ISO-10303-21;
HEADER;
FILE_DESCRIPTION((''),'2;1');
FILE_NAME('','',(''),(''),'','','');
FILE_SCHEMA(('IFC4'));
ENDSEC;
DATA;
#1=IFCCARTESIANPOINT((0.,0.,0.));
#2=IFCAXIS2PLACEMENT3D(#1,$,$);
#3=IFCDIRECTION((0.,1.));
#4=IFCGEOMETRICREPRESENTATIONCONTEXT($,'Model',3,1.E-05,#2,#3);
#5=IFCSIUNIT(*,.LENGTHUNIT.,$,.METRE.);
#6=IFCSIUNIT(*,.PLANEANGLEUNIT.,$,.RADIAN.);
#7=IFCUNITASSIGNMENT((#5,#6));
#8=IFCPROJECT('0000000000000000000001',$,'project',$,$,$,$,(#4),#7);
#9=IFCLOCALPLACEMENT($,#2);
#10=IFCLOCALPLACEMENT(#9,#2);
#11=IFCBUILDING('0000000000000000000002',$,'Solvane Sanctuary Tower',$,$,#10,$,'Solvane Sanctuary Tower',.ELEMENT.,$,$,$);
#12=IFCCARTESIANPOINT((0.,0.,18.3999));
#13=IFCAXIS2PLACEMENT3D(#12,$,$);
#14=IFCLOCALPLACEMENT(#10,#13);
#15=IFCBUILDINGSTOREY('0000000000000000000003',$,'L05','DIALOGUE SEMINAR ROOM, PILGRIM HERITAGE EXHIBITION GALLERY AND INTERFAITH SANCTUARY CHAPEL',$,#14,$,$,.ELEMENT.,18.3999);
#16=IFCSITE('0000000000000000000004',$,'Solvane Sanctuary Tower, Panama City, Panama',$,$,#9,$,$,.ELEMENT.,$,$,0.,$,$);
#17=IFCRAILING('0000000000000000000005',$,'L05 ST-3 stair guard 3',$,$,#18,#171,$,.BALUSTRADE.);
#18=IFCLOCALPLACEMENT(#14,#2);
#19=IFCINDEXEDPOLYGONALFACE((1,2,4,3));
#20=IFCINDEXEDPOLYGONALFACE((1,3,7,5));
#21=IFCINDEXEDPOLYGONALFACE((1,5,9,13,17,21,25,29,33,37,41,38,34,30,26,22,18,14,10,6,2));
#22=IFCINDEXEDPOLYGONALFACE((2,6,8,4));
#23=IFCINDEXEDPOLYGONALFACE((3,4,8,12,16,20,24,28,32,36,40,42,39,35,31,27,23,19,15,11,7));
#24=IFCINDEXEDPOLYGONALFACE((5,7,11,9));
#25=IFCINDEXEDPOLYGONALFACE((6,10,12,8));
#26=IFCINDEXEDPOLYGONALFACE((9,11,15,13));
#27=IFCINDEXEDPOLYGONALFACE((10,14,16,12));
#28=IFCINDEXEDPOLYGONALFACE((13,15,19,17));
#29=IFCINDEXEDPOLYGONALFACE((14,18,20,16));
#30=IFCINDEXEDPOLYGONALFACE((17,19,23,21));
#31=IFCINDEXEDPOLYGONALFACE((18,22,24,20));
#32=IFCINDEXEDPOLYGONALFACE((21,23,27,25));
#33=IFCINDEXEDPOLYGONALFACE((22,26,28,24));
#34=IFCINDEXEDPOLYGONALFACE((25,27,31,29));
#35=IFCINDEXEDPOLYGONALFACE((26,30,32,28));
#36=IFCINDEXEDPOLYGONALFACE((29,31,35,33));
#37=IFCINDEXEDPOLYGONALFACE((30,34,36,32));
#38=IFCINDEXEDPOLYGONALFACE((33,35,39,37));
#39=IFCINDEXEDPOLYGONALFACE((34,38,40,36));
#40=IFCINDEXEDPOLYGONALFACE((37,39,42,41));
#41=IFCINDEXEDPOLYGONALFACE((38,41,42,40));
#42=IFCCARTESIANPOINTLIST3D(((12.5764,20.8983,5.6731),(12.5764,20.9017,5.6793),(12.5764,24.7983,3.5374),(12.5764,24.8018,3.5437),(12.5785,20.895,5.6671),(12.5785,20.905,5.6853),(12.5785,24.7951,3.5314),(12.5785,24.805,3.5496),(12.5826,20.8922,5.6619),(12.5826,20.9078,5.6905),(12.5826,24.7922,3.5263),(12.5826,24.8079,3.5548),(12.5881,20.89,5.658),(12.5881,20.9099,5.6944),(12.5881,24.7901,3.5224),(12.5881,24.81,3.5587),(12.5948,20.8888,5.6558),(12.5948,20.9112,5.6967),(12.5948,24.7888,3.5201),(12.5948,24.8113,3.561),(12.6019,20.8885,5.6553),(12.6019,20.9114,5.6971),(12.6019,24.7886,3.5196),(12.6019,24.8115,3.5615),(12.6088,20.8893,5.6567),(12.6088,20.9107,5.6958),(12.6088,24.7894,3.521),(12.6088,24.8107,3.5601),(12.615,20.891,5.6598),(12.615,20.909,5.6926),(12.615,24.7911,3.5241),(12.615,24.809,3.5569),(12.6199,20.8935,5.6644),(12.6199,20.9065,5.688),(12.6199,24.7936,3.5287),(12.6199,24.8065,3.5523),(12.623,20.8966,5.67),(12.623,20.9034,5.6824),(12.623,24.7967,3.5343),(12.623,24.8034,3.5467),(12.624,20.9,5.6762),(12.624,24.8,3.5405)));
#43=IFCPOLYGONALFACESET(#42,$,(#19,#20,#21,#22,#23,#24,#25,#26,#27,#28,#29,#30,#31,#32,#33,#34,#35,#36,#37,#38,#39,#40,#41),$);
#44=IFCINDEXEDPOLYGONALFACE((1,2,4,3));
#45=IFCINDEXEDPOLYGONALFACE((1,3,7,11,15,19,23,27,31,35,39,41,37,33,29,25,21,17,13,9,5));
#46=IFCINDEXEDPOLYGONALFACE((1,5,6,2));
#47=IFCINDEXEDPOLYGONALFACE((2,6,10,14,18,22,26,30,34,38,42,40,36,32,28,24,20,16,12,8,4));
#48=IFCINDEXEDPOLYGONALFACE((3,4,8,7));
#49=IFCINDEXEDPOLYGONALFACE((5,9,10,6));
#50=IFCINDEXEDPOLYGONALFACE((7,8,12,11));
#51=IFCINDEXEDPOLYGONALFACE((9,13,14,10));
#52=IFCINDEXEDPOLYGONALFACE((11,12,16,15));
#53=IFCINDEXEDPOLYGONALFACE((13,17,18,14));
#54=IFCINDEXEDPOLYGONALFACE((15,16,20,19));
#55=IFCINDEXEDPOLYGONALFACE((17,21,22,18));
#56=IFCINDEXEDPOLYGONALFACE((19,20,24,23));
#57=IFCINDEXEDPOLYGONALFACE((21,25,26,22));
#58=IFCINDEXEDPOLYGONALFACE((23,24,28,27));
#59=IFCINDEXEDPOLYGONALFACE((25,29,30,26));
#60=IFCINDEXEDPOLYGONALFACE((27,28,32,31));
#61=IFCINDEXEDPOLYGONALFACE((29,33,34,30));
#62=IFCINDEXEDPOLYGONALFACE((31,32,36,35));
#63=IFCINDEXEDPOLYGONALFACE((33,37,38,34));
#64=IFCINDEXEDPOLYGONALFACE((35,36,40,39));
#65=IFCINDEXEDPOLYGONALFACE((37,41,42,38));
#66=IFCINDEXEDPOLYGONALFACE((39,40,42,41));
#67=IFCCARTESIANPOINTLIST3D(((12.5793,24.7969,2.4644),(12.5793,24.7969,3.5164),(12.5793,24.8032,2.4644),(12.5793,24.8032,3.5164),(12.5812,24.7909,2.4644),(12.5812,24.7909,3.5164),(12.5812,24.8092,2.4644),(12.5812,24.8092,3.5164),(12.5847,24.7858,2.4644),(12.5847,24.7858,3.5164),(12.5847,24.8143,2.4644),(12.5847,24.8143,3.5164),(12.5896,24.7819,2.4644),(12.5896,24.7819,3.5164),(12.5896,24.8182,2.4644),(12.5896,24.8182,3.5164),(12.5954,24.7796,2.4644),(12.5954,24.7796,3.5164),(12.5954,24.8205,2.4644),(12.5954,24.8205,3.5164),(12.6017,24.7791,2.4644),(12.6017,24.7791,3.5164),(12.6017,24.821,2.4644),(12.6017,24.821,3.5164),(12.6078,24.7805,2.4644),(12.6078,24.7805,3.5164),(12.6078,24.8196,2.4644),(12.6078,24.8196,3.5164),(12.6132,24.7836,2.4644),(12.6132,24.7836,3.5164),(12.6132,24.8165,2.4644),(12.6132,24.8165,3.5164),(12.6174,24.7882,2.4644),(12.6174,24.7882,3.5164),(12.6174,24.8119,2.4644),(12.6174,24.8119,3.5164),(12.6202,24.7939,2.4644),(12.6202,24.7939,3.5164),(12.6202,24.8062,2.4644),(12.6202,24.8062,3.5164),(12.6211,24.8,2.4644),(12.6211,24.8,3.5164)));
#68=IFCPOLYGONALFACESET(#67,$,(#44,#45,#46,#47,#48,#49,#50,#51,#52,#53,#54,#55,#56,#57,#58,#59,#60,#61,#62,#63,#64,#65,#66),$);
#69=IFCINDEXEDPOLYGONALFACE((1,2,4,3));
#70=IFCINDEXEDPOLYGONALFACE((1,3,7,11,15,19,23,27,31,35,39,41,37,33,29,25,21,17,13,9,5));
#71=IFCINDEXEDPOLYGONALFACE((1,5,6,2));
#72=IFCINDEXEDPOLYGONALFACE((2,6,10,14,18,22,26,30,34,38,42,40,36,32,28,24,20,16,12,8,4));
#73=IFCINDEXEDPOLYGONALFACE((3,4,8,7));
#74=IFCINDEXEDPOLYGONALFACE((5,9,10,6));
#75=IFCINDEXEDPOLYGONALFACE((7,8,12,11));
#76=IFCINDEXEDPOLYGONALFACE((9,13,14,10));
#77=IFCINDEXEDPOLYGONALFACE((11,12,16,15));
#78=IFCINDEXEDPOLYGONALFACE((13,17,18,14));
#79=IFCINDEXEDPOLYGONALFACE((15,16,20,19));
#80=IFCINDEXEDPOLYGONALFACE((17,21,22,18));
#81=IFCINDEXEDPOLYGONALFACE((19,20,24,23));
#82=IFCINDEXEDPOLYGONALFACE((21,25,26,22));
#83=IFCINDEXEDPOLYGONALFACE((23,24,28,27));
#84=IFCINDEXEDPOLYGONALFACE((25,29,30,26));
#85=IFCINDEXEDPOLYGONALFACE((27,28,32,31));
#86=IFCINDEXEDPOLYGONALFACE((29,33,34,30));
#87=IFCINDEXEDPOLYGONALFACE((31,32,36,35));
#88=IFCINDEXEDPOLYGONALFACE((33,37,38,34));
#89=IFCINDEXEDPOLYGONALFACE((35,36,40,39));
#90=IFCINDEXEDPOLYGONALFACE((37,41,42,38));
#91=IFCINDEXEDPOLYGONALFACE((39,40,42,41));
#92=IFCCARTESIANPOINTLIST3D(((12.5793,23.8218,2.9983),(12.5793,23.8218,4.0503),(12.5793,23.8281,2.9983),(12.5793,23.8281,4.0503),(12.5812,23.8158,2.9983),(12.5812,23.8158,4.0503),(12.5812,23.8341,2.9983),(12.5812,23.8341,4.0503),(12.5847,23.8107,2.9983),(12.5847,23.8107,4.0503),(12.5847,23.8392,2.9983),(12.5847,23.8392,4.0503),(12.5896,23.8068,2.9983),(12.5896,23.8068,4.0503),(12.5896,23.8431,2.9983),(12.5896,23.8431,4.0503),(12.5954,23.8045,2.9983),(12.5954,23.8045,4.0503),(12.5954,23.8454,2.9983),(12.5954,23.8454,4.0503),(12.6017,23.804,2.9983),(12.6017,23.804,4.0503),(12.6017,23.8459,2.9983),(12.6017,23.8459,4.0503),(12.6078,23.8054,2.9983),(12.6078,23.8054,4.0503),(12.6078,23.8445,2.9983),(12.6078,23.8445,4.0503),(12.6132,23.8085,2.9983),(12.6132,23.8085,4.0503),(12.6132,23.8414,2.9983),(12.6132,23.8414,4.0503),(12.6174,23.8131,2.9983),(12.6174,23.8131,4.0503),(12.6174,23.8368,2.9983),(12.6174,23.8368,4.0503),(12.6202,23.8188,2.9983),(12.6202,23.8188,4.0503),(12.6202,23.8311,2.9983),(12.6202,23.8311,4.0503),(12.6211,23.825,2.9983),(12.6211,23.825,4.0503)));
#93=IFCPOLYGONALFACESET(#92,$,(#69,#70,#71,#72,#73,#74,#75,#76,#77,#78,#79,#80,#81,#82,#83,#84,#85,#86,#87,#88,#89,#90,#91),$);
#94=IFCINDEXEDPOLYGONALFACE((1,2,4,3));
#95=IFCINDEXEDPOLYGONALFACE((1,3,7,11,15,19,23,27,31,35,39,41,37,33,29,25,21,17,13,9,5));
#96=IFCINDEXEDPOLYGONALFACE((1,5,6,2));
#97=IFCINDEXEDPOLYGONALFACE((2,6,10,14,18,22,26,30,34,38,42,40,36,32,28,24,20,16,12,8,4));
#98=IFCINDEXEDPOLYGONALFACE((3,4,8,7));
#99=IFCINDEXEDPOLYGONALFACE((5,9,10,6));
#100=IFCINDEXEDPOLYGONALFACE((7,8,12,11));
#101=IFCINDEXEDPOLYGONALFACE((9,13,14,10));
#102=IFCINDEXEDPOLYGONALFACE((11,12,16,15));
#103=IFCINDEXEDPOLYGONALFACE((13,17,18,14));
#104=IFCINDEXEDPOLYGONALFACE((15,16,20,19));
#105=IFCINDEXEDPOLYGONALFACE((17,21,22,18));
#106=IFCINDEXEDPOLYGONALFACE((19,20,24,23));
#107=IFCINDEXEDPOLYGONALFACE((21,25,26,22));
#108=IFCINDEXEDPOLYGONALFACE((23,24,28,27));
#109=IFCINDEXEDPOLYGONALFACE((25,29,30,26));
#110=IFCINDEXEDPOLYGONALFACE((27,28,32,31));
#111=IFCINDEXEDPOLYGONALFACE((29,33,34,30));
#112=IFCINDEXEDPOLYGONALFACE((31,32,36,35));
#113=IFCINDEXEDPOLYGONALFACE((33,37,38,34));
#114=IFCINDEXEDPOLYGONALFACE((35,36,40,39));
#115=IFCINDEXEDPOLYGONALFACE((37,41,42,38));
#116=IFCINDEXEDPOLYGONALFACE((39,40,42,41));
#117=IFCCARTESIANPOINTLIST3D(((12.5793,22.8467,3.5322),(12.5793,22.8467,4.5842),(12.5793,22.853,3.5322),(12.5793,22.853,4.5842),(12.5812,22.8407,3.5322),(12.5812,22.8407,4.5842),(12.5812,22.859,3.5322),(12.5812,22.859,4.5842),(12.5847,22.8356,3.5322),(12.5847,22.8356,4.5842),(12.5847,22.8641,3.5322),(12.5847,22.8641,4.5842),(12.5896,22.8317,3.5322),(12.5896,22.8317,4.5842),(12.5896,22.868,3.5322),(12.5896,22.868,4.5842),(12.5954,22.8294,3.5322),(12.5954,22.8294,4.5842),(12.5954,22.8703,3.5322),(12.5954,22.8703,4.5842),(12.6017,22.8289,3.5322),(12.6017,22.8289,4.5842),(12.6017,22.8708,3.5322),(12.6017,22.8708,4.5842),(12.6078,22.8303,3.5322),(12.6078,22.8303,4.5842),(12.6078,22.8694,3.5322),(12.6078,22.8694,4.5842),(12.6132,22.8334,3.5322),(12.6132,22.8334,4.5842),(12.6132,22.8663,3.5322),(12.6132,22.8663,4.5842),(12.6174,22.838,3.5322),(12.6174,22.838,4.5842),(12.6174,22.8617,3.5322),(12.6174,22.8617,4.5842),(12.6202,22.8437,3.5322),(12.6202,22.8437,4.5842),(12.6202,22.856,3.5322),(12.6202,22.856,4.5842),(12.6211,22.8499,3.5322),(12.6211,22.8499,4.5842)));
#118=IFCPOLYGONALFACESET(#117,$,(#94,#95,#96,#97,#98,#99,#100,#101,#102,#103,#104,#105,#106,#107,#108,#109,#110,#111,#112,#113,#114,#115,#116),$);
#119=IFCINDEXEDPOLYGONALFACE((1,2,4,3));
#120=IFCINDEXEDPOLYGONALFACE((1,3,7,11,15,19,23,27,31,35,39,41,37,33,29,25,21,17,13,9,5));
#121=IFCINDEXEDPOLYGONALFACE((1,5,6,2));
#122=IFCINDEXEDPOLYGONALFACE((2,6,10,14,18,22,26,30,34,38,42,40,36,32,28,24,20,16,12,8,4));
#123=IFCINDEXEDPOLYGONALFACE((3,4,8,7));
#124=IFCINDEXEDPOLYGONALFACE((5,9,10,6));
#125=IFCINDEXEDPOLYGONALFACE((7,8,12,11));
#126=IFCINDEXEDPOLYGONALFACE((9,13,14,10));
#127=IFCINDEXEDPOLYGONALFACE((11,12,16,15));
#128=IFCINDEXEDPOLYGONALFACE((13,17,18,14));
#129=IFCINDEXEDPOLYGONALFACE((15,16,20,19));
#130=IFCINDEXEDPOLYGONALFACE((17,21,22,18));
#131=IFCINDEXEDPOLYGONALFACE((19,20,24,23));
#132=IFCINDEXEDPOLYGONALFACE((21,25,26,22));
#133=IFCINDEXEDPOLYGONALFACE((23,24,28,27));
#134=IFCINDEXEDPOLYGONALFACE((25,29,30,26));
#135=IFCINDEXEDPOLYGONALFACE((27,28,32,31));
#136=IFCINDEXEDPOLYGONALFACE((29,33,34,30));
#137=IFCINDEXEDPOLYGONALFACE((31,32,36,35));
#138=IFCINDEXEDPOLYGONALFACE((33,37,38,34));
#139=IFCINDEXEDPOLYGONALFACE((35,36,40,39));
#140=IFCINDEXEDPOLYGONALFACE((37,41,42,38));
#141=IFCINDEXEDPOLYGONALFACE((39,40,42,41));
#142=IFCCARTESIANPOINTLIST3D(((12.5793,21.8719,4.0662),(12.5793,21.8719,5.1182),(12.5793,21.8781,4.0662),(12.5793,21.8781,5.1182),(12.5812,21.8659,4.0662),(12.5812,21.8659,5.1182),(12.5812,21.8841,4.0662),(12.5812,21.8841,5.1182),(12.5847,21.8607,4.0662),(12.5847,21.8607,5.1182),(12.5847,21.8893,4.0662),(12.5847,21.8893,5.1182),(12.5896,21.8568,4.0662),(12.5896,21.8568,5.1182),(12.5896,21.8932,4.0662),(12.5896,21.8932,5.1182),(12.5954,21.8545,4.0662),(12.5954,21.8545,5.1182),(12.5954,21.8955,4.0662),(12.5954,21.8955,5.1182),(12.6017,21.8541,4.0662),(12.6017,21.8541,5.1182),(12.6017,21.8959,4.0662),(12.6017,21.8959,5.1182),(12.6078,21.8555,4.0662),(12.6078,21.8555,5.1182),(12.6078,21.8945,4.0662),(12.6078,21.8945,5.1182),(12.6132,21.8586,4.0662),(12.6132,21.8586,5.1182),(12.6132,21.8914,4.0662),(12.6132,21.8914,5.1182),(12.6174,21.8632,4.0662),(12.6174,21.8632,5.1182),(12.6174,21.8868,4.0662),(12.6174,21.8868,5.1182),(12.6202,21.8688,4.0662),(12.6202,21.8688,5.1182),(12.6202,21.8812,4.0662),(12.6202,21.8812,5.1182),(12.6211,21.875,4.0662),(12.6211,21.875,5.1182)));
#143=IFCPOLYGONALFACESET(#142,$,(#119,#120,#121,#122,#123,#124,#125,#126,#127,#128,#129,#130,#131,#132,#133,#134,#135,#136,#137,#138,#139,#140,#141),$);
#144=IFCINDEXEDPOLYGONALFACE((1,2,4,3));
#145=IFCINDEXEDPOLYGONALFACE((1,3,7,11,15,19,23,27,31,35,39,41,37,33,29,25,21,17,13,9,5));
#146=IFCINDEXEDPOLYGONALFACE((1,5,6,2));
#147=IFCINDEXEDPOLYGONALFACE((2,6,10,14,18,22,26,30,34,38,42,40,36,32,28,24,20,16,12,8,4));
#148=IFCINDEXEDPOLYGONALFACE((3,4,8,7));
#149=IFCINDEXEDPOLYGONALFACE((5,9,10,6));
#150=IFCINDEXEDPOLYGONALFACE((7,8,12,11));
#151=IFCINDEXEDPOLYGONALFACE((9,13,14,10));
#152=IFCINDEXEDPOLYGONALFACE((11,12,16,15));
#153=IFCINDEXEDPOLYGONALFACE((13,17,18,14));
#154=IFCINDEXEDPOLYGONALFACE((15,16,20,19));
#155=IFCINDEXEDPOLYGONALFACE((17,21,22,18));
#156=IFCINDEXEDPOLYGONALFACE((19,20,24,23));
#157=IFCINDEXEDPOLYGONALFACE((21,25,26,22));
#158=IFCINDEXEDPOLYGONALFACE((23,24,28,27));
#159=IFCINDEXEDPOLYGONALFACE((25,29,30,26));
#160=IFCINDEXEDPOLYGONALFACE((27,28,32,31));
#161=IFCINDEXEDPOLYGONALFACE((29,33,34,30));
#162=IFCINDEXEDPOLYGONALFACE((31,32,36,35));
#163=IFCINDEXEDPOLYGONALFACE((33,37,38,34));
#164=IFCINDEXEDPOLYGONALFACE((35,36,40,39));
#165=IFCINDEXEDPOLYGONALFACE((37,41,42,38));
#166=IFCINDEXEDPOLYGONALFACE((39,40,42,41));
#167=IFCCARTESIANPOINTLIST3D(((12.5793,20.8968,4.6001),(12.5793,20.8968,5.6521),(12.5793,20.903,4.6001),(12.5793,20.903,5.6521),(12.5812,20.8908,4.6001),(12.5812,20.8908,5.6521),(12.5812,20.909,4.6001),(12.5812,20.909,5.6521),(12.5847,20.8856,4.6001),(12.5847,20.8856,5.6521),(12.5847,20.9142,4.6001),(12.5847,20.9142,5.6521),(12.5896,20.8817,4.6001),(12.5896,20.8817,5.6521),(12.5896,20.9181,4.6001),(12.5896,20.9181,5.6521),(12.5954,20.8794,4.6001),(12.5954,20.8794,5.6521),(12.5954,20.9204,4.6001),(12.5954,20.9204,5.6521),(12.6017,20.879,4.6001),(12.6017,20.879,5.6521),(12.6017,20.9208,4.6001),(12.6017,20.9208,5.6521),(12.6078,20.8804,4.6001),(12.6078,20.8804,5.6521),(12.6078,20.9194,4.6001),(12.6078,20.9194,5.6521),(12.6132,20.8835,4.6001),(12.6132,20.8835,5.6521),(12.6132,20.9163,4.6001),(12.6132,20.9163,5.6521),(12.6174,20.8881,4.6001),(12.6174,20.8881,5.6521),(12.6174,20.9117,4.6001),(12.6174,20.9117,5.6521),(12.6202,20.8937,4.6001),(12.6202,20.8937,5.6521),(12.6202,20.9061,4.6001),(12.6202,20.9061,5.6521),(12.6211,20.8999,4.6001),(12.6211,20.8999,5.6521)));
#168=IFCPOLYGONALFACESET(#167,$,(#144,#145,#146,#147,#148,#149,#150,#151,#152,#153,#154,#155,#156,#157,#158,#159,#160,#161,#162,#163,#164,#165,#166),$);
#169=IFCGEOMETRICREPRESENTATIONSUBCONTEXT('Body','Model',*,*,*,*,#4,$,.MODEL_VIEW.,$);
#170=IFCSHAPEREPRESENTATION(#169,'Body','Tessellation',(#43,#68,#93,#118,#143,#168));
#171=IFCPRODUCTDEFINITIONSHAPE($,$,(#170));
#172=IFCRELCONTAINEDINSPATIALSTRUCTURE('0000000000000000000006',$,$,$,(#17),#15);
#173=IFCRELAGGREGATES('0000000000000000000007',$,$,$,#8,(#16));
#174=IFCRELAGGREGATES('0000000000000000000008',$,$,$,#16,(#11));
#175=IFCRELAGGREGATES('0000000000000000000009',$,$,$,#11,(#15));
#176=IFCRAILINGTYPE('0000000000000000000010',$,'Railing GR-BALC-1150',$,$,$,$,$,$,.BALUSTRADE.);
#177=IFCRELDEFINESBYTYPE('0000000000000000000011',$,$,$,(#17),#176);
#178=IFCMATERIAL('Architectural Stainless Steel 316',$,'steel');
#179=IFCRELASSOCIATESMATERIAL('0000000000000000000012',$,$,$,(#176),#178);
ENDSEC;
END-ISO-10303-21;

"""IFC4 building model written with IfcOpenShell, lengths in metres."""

from ifc_helpers import new_model, si_unit, direction, frame, origin, origin_2d, place, context, subcontext, project, spatial, circle, extrude, material, type_object, element, save


model = new_model("IFC4")

# Units and contexts
model_context = context("Model", 3, precision=1e-05, world=origin(), true_north=direction((0.0, 1.0)))
body_context = subcontext(model_context, "Body", "Model", "MODEL_VIEW")
ifc_project = project(units=[si_unit("LENGTHUNIT", "METRE"), si_unit("PLANEANGLEUNIT", "RADIAN")], contexts=[model_context])

# Site, building, storey
site_placement = place(None, origin())
site = spatial("IfcSite", under=ifc_project, at=site_placement, Name="Solvane Sanctuary Tower, Panama City, Panama", CompositionType="ELEMENT", RefElevation=0.0)
building_placement = place(site_placement, origin())
building = spatial("IfcBuilding", under=site, at=building_placement, Name="Solvane Sanctuary Tower", LongName="Solvane Sanctuary Tower", CompositionType="ELEMENT")
storey_placement = place(building_placement, frame((0.0, 0.0, 18.3999)))
storey = spatial("IfcBuildingStorey", under=building, at=storey_placement, Name="L05", Description="DIALOGUE SEMINAR ROOM, PILGRIM HERITAGE EXHIBITION GALLERY AND INTERFAITH SANCTUARY CHAPEL", CompositionType="ELEMENT", Elevation=18.3999)

# Railing
ifc_material_1 = material(Name="Architectural Stainless Steel 316", Category="steel")
railing_type_1 = type_object("IfcRailingType", Name="Railing GR-BALC-1150", PredefinedType="BALUSTRADE", material=ifc_material_1)
railing_1_placement = place(storey_placement, frame((12.6001, 24.8, 2.4644)))
element("IfcRailing", 1, at=railing_1_placement, inside=storey, type_object=railing_type_1, Name="L05 ST-3 stair guard 3", PredefinedType="BALUSTRADE", context=body_context, shape_type="SweptSolid", body=[
    extrude(circle(Radius=0.0239, at=origin_2d()), frame((0.0, 0.0, 1.0762), z_axis=(0.0, -0.877101, 0.480306), x_axis=(1.0, 0.0, 0.0)), (0.0, 0.0, 1.0), 4.4465),
    extrude(circle(Radius=0.021, at=origin_2d()), origin(), (0.0, 0.0, 1.0), 1.052),
    extrude(circle(Radius=0.021, at=origin_2d()), frame((0.0, -0.9751, 0.5339)), (0.0, 0.0, 1.0), 1.052),
    extrude(circle(Radius=0.021, at=origin_2d()), frame((0.0, -1.9502, 1.0679)), (0.0, 0.0, 1.0), 1.052),
    extrude(circle(Radius=0.021, at=origin_2d()), frame((0.0, -2.925, 1.6018)), (0.0, 0.0, 1.0), 1.052),
    extrude(circle(Radius=0.021, at=origin_2d()), frame((0.0, -3.9001, 2.1357)), (0.0, 0.0, 1.0), 1.052),
])

save(model, "model.ifc")
